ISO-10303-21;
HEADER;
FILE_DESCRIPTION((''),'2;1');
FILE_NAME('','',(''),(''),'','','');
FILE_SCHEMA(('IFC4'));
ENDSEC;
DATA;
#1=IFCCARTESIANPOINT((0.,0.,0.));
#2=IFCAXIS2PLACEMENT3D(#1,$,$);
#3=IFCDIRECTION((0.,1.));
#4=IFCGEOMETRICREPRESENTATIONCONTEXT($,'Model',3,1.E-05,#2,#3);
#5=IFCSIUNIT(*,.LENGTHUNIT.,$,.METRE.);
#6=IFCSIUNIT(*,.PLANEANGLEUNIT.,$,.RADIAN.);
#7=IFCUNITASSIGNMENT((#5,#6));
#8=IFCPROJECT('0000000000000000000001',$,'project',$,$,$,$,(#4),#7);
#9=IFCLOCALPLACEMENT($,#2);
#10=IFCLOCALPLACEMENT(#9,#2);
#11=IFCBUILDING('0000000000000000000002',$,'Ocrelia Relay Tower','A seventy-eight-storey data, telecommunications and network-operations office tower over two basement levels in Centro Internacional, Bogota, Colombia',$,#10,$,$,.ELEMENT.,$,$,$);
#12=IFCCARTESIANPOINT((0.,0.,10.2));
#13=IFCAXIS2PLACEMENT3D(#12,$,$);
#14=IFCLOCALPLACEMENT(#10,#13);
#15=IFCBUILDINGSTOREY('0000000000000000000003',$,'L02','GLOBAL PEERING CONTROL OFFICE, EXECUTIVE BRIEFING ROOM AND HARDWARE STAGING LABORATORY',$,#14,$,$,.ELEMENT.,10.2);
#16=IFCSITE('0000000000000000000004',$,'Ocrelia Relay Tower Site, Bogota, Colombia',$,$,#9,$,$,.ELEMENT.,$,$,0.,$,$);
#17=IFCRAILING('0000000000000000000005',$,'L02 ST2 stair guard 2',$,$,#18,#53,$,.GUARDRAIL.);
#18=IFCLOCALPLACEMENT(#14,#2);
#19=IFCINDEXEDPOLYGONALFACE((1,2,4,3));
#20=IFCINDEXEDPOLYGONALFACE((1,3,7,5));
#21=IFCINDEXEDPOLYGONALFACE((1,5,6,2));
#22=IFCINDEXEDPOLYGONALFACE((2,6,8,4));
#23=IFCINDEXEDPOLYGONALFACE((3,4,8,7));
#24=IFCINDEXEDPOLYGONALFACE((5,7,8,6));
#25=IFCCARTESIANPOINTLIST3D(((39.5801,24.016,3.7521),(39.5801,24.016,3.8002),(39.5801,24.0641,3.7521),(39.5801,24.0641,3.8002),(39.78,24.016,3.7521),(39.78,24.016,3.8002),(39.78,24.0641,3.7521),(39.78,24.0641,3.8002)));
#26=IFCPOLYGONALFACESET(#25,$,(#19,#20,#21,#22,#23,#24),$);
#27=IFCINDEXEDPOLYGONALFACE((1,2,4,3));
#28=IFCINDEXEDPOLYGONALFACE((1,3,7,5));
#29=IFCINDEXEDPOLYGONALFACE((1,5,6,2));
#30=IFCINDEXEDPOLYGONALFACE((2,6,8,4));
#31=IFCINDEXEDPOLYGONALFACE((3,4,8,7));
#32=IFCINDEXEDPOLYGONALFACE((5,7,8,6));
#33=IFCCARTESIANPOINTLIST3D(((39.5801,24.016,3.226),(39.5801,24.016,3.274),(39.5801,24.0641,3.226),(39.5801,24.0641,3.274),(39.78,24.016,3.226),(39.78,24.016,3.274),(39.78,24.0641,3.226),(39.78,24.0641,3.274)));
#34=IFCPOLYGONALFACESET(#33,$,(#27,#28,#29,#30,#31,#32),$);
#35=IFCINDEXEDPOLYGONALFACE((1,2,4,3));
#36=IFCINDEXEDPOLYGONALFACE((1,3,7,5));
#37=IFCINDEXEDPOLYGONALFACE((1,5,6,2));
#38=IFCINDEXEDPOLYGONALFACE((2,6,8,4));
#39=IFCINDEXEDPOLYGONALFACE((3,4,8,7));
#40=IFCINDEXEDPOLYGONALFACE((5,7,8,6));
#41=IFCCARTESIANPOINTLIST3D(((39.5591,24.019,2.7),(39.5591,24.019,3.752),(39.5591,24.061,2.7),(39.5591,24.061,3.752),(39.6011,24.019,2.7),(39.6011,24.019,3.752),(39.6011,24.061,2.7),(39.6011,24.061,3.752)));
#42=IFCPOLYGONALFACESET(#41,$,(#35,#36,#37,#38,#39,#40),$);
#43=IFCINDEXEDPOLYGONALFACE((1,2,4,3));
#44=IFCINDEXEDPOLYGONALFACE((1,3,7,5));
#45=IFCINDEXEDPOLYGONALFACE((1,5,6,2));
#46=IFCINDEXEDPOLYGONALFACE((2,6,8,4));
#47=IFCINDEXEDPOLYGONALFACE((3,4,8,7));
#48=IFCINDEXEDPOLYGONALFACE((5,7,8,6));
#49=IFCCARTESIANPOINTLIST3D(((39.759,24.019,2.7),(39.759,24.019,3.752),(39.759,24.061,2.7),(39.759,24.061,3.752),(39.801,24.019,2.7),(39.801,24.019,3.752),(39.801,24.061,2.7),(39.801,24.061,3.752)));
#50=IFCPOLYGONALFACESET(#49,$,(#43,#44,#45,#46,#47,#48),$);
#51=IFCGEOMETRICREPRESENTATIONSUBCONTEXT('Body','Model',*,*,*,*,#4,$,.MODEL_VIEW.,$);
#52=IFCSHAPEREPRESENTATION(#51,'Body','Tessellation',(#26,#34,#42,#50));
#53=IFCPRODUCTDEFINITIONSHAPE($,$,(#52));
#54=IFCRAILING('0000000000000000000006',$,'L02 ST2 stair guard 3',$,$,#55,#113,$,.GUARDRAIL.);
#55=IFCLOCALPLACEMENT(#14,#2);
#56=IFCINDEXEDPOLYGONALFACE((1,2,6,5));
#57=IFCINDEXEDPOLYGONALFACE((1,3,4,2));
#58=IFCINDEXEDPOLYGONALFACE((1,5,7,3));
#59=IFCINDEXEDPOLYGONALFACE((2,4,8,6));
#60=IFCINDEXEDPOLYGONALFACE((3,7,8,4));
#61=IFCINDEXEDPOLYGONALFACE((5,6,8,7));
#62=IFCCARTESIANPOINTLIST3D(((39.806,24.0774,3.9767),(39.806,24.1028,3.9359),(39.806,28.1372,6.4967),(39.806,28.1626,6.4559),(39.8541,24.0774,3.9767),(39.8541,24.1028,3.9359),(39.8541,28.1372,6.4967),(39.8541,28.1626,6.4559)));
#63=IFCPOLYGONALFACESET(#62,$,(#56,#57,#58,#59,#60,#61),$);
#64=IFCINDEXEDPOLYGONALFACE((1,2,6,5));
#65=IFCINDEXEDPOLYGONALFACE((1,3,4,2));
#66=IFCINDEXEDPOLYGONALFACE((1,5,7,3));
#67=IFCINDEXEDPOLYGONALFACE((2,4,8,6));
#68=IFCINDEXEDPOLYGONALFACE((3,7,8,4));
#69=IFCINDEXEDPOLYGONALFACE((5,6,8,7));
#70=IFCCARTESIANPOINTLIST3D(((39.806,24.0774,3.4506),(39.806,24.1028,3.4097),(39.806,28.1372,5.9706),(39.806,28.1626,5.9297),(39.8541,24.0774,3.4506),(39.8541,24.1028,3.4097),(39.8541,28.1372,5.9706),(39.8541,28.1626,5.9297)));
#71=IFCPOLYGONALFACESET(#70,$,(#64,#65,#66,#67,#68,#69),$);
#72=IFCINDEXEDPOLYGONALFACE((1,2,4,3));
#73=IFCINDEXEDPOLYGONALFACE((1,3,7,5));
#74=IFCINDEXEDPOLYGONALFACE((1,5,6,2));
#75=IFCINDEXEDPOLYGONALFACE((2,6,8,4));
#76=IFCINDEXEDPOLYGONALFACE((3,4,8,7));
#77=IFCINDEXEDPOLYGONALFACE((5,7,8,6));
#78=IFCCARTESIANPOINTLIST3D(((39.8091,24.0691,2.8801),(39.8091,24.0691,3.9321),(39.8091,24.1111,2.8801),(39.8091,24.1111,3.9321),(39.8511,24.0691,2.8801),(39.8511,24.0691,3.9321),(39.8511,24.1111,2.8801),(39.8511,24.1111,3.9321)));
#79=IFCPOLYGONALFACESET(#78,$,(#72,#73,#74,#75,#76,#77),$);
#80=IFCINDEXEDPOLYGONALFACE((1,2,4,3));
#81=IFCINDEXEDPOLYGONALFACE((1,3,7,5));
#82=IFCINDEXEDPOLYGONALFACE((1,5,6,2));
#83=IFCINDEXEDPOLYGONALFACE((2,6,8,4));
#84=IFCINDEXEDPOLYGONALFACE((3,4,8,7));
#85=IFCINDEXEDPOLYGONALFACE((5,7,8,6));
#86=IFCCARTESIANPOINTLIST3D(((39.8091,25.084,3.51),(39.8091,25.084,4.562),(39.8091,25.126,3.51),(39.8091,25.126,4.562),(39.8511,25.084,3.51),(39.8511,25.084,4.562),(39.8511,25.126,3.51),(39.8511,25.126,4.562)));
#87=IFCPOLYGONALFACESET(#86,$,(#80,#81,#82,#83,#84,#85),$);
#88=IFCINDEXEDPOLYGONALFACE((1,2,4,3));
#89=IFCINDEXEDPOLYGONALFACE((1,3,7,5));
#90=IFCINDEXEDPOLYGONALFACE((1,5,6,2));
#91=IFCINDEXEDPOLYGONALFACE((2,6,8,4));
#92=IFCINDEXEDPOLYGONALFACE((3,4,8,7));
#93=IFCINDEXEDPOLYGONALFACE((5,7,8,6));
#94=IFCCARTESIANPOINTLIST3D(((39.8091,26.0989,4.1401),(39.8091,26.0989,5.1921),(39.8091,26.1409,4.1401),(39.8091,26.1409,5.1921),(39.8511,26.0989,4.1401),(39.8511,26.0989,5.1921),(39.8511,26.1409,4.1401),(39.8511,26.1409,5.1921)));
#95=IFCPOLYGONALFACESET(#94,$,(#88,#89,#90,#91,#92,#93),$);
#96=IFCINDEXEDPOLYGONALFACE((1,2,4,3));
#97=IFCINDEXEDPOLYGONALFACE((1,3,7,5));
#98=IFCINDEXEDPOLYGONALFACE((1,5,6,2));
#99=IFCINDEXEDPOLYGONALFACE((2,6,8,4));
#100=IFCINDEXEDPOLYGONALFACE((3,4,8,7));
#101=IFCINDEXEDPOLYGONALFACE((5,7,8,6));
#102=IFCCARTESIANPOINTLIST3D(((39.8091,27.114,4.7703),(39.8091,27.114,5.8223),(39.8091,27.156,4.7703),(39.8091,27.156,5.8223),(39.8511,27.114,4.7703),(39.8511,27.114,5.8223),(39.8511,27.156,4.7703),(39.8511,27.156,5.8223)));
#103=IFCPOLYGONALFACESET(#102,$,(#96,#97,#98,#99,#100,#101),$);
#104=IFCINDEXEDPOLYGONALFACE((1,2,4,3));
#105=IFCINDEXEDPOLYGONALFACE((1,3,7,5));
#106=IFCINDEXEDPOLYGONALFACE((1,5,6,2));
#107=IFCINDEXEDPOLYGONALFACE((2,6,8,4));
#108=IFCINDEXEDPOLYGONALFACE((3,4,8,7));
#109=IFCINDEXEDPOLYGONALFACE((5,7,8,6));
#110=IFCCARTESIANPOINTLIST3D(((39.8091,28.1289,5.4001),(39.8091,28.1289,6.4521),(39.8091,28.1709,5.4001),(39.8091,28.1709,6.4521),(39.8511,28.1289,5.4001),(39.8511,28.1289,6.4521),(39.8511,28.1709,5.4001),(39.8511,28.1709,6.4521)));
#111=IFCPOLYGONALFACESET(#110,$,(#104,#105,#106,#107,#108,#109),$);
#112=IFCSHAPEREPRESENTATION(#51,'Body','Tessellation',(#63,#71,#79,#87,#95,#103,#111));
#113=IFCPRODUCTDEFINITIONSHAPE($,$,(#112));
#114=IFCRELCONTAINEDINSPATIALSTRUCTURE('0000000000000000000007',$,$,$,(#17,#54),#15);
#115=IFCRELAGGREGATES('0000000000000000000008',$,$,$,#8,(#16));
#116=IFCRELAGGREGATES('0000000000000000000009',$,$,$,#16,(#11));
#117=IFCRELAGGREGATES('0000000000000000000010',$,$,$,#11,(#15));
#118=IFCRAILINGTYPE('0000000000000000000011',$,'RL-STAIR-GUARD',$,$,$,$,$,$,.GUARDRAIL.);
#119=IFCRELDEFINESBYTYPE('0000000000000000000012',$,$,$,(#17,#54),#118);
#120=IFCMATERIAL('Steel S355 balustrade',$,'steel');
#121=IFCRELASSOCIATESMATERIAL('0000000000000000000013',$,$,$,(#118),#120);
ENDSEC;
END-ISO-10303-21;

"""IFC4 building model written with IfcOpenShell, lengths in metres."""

from ifc_helpers import new_model, si_unit, direction, frame, origin, origin_2d, place, context, subcontext, project, spatial, rectangle, extrude, material, type_object, element, save


model = new_model("IFC4")

# Units and contexts
model_context = context("Model", 3, precision=1e-05, world=origin(), true_north=direction((0.0, 1.0)))
body_context = subcontext(model_context, "Body", "Model", "MODEL_VIEW")
ifc_project = project(units=[si_unit("LENGTHUNIT", "METRE"), si_unit("PLANEANGLEUNIT", "RADIAN")], contexts=[model_context])

# Site, building, storey
site_placement = place(None, origin())
site = spatial("IfcSite", under=ifc_project, at=site_placement, Name="Ocrelia Relay Tower Site, Bogota, Colombia", CompositionType="ELEMENT", RefElevation=0.0)
building_placement = place(site_placement, origin())
building = spatial("IfcBuilding", under=site, at=building_placement, Name="Ocrelia Relay Tower", Description="A seventy-eight-storey data, telecommunications and network-operations office tower over two basement levels in Centro Internacional, Bogota, Colombia", CompositionType="ELEMENT")
storey_placement = place(building_placement, frame((0.0, 0.0, 10.2)))
storey = spatial("IfcBuildingStorey", under=building, at=storey_placement, Name="L02", Description="GLOBAL PEERING CONTROL OFFICE, EXECUTIVE BRIEFING ROOM AND HARDWARE STAGING LABORATORY", CompositionType="ELEMENT", Elevation=10.2)

# Railings
ifc_material_1 = material(Name="Steel S355 balustrade", Category="steel")
railing_type = type_object("IfcRailingType", Name="RL-STAIR-GUARD", PredefinedType="GUARDRAIL", material=ifc_material_1)
railing_1_placement = place(storey_placement, frame((39.5801, 24.04, 2.7)))
element("IfcRailing", 1, at=railing_1_placement, inside=storey, type_object=railing_type, Name="L02 ST2 stair guard 2", PredefinedType="GUARDRAIL", context=body_context, shape_type="SweptSolid", body=[
    extrude(rectangle(XDim=0.0481, YDim=0.0481, at=origin_2d()), frame((0.0, 0.0, 1.0762), z_axis=(1.0, 0.0, 0.0), x_axis=(0.0, 1.0, 0.0)), (0.0, 0.0, 1.0), 0.2),
    extrude(rectangle(XDim=0.0481, YDim=0.0481, at=origin_2d()), frame((0.0, 0.0, 0.55), z_axis=(1.0, 0.0, 0.0), x_axis=(0.0, 1.0, 0.0)), (0.0, 0.0, 1.0), 0.2),
    extrude(rectangle(XDim=0.042, YDim=0.042, at=origin_2d()), origin(), (0.0, 0.0, 1.0), 1.052),
    extrude(rectangle(XDim=0.042, YDim=0.042, at=origin_2d()), frame((0.2, 0.0, 0.0)), (0.0, 0.0, 1.0), 1.052),
])
railing_2_placement = place(storey_placement, frame((39.8301, 24.0901, 2.8801)))
element("IfcRailing", 2, at=railing_2_placement, inside=storey, type_object=railing_type, Name="L02 ST2 stair guard 3", PredefinedType="GUARDRAIL", context=body_context, shape_type="SweptSolid", body=[
    extrude(rectangle(XDim=0.0481, YDim=0.0481, at=origin_2d()), frame((0.0, 0.0, 1.0762), z_axis=(0.0, 0.849628, 0.527383), x_axis=(-1.0, 0.0, 0.0)), (0.0, 0.0, 1.0), 4.7783),
    extrude(rectangle(XDim=0.0481, YDim=0.0481, at=origin_2d()), frame((0.0, 0.0, 0.55), z_axis=(0.0, 0.849628, 0.527383), x_axis=(-1.0, 0.0, 0.0)), (0.0, 0.0, 1.0), 4.7783),
    extrude(rectangle(XDim=0.042, YDim=0.042, at=origin_2d()), origin(), (0.0, 0.0, 1.0), 1.052),
    extrude(rectangle(XDim=0.042, YDim=0.042, at=origin_2d()), frame((0.0, 1.0149, 0.6299)), (0.0, 0.0, 1.0), 1.052),
    extrude(rectangle(XDim=0.042, YDim=0.042, at=origin_2d()), frame((0.0, 2.0298, 1.26)), (0.0, 0.0, 1.0), 1.052),
    extrude(rectangle(XDim=0.042, YDim=0.042, at=origin_2d()), frame((0.0, 3.0449, 1.8901)), (0.0, 0.0, 1.0), 1.052),
    extrude(rectangle(XDim=0.042, YDim=0.042, at=origin_2d()), frame((0.0, 4.0598, 2.52)), (0.0, 0.0, 1.0), 1.052),
])

save(model, "model.ifc")
